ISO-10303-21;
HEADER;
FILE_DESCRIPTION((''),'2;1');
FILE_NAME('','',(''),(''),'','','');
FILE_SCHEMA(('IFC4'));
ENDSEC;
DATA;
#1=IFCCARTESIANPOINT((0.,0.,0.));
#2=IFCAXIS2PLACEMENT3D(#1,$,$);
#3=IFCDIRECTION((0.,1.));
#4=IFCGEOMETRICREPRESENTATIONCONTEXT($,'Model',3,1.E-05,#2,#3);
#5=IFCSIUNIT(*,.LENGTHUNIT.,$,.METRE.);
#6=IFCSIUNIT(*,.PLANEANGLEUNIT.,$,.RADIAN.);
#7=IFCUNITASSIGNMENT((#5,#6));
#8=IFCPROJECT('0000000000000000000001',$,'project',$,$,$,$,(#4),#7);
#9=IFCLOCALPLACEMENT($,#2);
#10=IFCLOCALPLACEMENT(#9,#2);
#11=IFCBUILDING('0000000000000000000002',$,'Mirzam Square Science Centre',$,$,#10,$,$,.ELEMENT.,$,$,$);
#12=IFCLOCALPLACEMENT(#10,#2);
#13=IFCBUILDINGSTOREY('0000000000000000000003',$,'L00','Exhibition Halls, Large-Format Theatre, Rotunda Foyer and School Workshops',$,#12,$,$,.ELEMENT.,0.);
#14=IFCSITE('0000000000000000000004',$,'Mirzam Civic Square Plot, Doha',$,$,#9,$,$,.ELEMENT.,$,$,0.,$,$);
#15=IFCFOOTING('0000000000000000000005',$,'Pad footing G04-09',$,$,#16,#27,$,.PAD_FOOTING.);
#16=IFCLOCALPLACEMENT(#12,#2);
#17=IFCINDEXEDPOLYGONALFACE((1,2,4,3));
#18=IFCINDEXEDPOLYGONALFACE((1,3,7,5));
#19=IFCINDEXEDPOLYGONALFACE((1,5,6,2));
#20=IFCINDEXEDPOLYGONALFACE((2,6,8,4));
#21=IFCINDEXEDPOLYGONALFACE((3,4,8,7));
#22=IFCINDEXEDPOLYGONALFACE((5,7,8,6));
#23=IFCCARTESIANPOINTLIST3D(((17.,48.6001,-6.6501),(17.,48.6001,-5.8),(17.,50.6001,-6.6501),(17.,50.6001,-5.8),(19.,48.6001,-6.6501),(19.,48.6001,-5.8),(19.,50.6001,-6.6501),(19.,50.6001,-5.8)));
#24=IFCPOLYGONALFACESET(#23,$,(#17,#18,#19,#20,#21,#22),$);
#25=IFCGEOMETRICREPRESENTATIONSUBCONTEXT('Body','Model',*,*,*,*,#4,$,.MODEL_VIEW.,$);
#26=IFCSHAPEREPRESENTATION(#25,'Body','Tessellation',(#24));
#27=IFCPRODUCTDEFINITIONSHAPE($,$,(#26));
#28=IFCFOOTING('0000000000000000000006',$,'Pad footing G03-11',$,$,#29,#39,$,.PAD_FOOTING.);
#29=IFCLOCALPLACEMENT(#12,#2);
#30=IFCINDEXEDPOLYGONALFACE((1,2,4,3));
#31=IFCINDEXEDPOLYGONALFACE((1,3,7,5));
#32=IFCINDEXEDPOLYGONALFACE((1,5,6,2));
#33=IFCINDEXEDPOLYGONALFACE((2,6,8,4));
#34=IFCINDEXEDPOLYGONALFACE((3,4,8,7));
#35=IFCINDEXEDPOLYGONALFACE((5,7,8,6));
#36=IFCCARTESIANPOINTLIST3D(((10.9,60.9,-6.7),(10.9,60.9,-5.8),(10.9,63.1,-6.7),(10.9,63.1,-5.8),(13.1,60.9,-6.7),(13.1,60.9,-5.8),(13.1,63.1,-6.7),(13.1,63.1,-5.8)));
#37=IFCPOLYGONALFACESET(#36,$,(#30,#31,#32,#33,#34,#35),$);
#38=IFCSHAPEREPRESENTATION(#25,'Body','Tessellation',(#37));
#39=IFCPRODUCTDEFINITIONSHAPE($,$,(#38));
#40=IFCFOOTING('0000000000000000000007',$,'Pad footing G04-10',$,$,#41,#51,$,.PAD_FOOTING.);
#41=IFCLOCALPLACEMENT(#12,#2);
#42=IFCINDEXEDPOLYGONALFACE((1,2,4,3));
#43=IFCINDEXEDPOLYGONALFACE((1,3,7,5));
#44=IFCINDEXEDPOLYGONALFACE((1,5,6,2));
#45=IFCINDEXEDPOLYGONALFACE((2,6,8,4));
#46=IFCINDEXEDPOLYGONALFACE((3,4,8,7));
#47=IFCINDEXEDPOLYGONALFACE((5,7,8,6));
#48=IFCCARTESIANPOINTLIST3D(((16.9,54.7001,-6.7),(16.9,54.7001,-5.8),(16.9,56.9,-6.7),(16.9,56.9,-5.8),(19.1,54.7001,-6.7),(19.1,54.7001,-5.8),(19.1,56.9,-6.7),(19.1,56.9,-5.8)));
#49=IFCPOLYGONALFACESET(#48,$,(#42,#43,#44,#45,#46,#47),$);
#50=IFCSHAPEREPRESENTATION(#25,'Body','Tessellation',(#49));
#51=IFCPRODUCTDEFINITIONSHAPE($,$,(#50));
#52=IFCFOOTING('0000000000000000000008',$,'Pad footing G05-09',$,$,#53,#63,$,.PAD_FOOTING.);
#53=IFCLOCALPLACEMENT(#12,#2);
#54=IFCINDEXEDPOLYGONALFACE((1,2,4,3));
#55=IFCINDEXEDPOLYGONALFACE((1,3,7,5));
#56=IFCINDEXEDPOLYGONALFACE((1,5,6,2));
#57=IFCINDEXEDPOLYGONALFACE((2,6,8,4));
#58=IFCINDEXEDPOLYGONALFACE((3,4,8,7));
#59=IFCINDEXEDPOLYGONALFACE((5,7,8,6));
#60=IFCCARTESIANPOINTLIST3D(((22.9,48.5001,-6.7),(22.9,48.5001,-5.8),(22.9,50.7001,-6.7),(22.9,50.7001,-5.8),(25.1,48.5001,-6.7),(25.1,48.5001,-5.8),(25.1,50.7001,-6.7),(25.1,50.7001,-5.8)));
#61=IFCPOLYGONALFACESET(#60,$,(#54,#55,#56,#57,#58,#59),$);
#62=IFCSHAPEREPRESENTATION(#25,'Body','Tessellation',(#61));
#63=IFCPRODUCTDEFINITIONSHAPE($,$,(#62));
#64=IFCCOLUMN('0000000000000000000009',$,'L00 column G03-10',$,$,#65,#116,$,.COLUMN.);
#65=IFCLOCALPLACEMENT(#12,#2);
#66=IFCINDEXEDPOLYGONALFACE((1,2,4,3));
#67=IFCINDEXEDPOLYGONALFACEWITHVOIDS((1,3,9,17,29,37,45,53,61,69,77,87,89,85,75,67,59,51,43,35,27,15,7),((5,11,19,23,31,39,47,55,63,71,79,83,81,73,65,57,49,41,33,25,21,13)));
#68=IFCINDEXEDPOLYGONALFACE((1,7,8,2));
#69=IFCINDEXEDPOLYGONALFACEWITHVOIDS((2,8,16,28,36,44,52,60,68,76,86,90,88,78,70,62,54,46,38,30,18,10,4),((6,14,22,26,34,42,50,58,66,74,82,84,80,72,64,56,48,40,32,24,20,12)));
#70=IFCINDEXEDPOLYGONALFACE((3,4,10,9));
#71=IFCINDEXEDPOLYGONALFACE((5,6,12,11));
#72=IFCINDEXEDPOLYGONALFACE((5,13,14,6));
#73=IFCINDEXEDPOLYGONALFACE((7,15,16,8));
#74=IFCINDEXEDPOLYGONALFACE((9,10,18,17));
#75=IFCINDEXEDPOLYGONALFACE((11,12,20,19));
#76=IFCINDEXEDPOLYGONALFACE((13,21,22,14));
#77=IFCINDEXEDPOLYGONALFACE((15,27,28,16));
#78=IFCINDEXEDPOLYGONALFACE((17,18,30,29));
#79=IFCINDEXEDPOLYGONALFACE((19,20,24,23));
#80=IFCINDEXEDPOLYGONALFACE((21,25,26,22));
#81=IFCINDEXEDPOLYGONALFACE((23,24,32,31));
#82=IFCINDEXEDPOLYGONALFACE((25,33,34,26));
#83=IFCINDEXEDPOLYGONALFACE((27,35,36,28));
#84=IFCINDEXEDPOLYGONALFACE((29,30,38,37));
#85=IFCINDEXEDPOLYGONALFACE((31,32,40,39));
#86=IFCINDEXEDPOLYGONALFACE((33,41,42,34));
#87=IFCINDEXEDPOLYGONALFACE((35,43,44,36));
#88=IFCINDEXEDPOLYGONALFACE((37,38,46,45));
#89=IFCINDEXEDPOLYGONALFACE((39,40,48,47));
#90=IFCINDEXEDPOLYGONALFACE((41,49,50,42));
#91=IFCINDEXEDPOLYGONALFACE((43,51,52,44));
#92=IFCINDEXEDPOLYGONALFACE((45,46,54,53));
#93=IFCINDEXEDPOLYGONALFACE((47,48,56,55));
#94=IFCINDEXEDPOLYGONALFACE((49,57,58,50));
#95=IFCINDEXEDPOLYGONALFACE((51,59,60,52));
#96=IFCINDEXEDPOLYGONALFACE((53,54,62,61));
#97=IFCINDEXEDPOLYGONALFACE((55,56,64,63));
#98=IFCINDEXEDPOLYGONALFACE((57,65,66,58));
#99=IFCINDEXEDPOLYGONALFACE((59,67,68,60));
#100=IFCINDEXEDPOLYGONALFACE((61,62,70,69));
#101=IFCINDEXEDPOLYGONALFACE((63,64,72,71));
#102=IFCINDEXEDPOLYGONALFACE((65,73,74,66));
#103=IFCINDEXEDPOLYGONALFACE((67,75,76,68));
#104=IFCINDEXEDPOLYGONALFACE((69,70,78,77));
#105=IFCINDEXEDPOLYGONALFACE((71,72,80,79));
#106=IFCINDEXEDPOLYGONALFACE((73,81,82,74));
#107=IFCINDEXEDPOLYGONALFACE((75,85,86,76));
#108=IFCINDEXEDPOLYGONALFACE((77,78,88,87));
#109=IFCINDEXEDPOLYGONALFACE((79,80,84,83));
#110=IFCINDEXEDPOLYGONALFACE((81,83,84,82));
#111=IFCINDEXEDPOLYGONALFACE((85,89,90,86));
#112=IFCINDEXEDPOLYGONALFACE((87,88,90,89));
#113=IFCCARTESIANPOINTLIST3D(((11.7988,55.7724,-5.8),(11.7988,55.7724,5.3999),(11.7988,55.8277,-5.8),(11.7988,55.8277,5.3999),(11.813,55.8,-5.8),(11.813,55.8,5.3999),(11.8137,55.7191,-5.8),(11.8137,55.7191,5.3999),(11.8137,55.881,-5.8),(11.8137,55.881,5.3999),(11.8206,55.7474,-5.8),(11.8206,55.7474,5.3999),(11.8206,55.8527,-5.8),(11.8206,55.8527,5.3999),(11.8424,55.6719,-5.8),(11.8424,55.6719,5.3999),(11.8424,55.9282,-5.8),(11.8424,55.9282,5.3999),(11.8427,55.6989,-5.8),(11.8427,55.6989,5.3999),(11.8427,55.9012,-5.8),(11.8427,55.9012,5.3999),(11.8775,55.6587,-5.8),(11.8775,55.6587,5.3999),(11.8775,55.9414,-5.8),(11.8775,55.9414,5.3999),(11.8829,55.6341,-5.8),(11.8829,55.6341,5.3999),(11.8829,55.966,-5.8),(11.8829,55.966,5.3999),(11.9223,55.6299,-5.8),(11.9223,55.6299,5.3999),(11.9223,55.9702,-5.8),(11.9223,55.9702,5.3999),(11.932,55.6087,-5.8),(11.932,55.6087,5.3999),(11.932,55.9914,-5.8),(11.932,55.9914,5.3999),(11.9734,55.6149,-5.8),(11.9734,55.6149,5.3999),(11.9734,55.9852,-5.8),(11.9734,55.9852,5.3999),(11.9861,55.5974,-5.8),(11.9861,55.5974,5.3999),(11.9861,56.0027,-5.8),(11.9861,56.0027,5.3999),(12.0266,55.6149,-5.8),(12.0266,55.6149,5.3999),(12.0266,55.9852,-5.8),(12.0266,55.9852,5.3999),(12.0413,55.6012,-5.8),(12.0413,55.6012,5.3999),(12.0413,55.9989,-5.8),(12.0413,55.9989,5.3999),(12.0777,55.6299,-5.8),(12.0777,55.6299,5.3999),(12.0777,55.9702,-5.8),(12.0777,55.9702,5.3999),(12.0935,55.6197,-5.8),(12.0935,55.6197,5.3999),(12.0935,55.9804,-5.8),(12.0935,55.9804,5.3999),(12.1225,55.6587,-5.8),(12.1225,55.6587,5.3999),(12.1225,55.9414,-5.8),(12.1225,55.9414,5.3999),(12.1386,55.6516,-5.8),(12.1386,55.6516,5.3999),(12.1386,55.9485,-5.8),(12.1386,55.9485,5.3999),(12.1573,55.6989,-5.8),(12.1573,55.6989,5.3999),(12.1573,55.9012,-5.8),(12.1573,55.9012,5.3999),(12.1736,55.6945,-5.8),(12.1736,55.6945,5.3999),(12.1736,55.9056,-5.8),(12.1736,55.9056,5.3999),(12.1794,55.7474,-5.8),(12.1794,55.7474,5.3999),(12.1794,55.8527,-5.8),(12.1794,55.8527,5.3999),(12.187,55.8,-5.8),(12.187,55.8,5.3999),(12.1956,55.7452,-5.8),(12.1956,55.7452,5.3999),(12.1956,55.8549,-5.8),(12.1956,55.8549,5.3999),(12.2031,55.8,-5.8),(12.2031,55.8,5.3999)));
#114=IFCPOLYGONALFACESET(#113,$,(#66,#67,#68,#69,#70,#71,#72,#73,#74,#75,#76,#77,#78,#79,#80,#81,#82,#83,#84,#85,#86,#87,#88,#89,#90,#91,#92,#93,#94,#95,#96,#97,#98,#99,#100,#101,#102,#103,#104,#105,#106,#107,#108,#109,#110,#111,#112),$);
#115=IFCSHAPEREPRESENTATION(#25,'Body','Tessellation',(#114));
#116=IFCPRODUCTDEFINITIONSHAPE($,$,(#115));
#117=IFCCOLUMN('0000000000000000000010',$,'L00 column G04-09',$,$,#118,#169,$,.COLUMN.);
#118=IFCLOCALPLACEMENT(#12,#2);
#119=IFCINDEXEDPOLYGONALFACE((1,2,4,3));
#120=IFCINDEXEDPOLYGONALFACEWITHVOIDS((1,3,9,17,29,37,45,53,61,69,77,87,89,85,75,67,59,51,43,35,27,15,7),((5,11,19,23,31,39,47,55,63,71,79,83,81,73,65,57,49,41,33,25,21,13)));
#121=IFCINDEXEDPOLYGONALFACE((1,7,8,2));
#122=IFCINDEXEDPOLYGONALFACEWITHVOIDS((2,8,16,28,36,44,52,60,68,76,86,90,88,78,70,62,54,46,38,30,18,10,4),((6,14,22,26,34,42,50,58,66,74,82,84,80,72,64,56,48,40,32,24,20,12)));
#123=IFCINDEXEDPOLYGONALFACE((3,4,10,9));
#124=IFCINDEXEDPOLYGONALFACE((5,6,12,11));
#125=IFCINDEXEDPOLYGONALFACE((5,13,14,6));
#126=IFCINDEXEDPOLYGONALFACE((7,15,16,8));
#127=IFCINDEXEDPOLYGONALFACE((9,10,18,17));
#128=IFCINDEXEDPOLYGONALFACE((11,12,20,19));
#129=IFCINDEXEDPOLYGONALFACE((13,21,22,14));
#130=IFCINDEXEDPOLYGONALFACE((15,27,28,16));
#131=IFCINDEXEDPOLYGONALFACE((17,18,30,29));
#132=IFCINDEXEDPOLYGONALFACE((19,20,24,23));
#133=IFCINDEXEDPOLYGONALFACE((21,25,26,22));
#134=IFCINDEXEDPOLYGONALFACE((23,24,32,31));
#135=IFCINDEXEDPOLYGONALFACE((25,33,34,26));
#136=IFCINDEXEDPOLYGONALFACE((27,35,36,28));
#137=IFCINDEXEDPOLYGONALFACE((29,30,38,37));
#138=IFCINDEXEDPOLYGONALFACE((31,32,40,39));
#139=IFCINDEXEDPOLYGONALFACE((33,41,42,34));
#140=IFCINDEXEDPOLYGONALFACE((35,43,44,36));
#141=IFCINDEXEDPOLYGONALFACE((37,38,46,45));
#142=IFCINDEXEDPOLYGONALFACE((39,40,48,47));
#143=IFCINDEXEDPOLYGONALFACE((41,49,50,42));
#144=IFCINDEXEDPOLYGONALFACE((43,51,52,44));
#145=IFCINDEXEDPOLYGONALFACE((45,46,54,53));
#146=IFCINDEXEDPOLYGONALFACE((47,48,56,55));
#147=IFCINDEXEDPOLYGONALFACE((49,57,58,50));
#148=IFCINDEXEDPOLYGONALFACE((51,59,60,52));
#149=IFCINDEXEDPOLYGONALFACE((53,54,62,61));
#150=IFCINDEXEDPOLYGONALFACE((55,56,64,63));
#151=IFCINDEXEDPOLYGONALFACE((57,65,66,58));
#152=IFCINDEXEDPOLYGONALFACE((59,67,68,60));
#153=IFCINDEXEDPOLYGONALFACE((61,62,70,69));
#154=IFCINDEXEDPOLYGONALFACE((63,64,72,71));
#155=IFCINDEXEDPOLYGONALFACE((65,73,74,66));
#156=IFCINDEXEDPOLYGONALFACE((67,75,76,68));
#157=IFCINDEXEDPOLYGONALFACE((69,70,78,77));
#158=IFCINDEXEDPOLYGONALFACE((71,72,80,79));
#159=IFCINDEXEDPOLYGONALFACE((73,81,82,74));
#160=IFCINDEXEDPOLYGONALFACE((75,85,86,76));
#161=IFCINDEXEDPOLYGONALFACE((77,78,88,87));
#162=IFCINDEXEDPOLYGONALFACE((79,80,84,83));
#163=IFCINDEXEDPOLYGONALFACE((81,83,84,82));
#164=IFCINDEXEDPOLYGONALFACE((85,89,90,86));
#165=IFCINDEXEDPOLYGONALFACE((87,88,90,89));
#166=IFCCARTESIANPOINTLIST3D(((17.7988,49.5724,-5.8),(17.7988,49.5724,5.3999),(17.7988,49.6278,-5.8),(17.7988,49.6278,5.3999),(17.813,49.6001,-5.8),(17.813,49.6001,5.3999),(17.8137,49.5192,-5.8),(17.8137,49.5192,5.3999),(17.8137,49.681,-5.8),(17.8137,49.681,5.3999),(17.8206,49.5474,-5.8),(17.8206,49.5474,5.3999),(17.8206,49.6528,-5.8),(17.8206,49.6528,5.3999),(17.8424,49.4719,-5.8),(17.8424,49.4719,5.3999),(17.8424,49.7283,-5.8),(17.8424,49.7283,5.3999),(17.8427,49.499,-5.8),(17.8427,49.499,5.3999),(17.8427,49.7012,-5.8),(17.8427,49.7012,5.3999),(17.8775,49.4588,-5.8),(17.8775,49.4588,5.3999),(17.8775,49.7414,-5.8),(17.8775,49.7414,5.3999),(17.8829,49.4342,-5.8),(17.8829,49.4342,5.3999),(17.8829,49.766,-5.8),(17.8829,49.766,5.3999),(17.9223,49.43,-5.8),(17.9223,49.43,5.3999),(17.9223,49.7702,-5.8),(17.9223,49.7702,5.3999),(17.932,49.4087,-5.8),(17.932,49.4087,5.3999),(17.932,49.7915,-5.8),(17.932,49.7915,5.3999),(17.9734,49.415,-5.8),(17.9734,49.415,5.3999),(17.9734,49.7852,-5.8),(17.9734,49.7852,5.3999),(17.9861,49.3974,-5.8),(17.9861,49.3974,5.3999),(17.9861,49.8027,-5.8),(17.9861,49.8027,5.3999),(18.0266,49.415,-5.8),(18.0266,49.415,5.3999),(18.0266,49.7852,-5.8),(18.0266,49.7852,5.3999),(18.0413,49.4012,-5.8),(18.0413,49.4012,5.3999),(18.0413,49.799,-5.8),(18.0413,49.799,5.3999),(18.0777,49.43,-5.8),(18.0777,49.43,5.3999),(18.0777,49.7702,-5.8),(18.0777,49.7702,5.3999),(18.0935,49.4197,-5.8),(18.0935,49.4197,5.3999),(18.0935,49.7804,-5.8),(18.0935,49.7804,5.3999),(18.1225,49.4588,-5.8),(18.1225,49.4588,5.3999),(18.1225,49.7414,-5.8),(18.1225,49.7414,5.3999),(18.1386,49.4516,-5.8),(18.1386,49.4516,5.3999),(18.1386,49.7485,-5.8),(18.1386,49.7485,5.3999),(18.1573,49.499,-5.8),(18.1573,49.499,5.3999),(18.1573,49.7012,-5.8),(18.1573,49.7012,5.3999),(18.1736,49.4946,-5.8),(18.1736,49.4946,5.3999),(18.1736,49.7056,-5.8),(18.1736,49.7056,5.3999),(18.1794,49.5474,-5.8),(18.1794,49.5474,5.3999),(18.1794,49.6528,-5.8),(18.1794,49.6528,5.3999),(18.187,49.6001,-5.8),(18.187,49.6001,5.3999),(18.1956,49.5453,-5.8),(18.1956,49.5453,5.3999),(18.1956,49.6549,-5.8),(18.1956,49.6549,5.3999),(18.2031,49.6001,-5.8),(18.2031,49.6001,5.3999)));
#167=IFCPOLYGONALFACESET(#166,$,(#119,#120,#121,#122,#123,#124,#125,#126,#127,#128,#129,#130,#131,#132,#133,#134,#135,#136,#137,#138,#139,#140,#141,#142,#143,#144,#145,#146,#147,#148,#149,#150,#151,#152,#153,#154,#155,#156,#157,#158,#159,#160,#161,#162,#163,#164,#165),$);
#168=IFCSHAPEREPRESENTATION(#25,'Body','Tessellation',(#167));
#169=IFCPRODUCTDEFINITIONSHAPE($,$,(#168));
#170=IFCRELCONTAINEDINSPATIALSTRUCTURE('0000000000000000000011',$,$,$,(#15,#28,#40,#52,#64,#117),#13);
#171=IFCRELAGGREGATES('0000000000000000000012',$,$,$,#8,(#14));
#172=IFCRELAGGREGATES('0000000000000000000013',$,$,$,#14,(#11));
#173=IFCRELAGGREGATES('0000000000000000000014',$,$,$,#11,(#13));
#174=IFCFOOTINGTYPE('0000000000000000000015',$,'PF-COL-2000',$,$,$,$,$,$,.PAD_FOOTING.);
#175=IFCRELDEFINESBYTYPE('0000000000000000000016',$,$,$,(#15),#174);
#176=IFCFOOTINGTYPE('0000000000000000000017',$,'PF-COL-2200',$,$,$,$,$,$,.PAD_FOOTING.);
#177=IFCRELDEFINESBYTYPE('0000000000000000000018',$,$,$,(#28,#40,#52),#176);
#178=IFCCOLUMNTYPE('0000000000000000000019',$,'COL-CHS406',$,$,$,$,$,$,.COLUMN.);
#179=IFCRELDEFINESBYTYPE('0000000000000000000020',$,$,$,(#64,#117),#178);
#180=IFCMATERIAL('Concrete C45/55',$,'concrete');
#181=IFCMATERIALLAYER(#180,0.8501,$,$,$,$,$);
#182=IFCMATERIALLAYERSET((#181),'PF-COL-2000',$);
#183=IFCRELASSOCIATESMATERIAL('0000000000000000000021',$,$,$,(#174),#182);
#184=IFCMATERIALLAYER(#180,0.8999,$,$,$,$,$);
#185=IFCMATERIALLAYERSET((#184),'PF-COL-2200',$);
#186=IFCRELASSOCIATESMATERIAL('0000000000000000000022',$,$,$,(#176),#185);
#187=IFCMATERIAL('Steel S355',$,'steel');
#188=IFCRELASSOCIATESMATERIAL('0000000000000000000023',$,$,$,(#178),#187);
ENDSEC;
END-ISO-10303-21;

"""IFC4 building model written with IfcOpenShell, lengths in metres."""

from ifc_helpers import new_model, si_unit, direction, frame, origin, origin_2d, place, context, subcontext, project, spatial, rectangle, hollow_circle, extrude, material, layer, layer_set, material_profile, profile_set, type_object, element, save


model = new_model("IFC4")

# Units and contexts
model_context = context("Model", 3, precision=1e-05, world=origin(), true_north=direction((0.0, 1.0)))
body_context = subcontext(model_context, "Body", "Model", "MODEL_VIEW")
ifc_project = project(units=[si_unit("LENGTHUNIT", "METRE"), si_unit("PLANEANGLEUNIT", "RADIAN")], contexts=[model_context])

# Site, building, storey
site_placement = place(None, origin())
site = spatial("IfcSite", under=ifc_project, at=site_placement, Name="Mirzam Civic Square Plot, Doha", CompositionType="ELEMENT", RefElevation=0.0)
building_placement = place(site_placement, origin())
building = spatial("IfcBuilding", under=site, at=building_placement, Name="Mirzam Square Science Centre", CompositionType="ELEMENT")
storey_placement = place(building_placement, origin())
storey = spatial("IfcBuildingStorey", under=building, at=storey_placement, Name="L00", Description="Exhibition Halls, Large-Format Theatre, Rotunda Foyer and School Workshops", CompositionType="ELEMENT", Elevation=0.0)

# Footings
ifc_material_1 = material(Name="Concrete C45/55", Category="concrete")
ifc_layer_1 = layer(ifc_material_1, 0.8501)
ifc_layer_set_1 = layer_set([ifc_layer_1], Name="PF-COL-2000")
footing_type_1 = type_object("IfcFootingType", Name="PF-COL-2000", PredefinedType="PAD_FOOTING", material=ifc_layer_set_1)
footing_placement = place(storey_placement, frame((18.0, 49.6001, -6.6501), z_axis=(0.0, 0.0, 1.0), x_axis=(1.0, 0.0, 0.0)))
element("IfcFooting", 1, at=footing_placement, inside=storey, type_object=footing_type_1, Name="Pad footing G04-09", PredefinedType="PAD_FOOTING", context=body_context, shape_type="SweptSolid", body=[
    extrude(rectangle(XDim=2.0, YDim=2.0, at=origin_2d()), origin(), (0.0, 0.0, 1.0), 0.8501),
])
ifc_layer_2 = layer(ifc_material_1, 0.8999)
ifc_layer_set_2 = layer_set([ifc_layer_2], Name="PF-COL-2200")
footing_type_2 = type_object("IfcFootingType", Name="PF-COL-2200", PredefinedType="PAD_FOOTING", material=ifc_layer_set_2)
for number, where, z_axis, x_axis, name in (
    (2, (12.0, 62.0, -6.7), (0.0, 0.0, 1.0), (1.0, 0.0, 0.0), "Pad footing G03-11"),
    (3, (18.0, 55.8, -6.7), (0.0, 0.0, 1.0), (1.0, 0.0, 0.0), "Pad footing G04-10"),
    (4, (24.0, 49.6001, -6.7), (0.0, 0.0, 1.0), (1.0, 0.0, 0.0), "Pad footing G05-09"),
):
    element("IfcFooting", number, at=place(storey_placement, frame(where, z_axis=z_axis, x_axis=x_axis)), inside=storey, type_object=footing_type_2, Name=name, PredefinedType="PAD_FOOTING", context=body_context, shape_type="SweptSolid", body=[
        extrude(rectangle(XDim=2.2, YDim=2.2, at=origin_2d()), origin(), (0.0, 0.0, 1.0), 0.8999),
    ])

# Columns
ifc_material_2 = material(Name="Steel S355", Category="steel")
ifc_material_profile_1 = material_profile(ifc_material_2, hollow_circle(Radius=0.2031, WallThickness=0.0161, at=origin_2d()), Name="406.4x16.0CHS")
ifc_profile_set_1 = profile_set([ifc_material_profile_1], Name="Steel S355")
column_type_1 = type_object("IfcColumnType", Name="COL-CHS406", PredefinedType="COLUMN", material=ifc_profile_set_1)
for number, where, z_axis, x_axis, name in (
    (5, (12.0, 55.8, -5.8), (0.0, 0.0, 1.0), (1.0, 0.0, 0.0), "L00 column G03-10"),
    (6, (18.0, 49.6001, -5.8), (0.0, 0.0, 1.0), (1.0, 0.0, 0.0), "L00 column G04-09"),
):
    element("IfcColumn", number, at=place(storey_placement, frame(where, z_axis=z_axis, x_axis=x_axis)), inside=storey, type_object=column_type_1, Name=name, PredefinedType="COLUMN", context=body_context, shape_type="SweptSolid", body=[
        extrude(hollow_circle(Radius=0.2031, WallThickness=0.0161, at=origin_2d()), origin(), (0.0, 0.0, 1.0), 11.2),
    ])

save(model, "model.ifc")
